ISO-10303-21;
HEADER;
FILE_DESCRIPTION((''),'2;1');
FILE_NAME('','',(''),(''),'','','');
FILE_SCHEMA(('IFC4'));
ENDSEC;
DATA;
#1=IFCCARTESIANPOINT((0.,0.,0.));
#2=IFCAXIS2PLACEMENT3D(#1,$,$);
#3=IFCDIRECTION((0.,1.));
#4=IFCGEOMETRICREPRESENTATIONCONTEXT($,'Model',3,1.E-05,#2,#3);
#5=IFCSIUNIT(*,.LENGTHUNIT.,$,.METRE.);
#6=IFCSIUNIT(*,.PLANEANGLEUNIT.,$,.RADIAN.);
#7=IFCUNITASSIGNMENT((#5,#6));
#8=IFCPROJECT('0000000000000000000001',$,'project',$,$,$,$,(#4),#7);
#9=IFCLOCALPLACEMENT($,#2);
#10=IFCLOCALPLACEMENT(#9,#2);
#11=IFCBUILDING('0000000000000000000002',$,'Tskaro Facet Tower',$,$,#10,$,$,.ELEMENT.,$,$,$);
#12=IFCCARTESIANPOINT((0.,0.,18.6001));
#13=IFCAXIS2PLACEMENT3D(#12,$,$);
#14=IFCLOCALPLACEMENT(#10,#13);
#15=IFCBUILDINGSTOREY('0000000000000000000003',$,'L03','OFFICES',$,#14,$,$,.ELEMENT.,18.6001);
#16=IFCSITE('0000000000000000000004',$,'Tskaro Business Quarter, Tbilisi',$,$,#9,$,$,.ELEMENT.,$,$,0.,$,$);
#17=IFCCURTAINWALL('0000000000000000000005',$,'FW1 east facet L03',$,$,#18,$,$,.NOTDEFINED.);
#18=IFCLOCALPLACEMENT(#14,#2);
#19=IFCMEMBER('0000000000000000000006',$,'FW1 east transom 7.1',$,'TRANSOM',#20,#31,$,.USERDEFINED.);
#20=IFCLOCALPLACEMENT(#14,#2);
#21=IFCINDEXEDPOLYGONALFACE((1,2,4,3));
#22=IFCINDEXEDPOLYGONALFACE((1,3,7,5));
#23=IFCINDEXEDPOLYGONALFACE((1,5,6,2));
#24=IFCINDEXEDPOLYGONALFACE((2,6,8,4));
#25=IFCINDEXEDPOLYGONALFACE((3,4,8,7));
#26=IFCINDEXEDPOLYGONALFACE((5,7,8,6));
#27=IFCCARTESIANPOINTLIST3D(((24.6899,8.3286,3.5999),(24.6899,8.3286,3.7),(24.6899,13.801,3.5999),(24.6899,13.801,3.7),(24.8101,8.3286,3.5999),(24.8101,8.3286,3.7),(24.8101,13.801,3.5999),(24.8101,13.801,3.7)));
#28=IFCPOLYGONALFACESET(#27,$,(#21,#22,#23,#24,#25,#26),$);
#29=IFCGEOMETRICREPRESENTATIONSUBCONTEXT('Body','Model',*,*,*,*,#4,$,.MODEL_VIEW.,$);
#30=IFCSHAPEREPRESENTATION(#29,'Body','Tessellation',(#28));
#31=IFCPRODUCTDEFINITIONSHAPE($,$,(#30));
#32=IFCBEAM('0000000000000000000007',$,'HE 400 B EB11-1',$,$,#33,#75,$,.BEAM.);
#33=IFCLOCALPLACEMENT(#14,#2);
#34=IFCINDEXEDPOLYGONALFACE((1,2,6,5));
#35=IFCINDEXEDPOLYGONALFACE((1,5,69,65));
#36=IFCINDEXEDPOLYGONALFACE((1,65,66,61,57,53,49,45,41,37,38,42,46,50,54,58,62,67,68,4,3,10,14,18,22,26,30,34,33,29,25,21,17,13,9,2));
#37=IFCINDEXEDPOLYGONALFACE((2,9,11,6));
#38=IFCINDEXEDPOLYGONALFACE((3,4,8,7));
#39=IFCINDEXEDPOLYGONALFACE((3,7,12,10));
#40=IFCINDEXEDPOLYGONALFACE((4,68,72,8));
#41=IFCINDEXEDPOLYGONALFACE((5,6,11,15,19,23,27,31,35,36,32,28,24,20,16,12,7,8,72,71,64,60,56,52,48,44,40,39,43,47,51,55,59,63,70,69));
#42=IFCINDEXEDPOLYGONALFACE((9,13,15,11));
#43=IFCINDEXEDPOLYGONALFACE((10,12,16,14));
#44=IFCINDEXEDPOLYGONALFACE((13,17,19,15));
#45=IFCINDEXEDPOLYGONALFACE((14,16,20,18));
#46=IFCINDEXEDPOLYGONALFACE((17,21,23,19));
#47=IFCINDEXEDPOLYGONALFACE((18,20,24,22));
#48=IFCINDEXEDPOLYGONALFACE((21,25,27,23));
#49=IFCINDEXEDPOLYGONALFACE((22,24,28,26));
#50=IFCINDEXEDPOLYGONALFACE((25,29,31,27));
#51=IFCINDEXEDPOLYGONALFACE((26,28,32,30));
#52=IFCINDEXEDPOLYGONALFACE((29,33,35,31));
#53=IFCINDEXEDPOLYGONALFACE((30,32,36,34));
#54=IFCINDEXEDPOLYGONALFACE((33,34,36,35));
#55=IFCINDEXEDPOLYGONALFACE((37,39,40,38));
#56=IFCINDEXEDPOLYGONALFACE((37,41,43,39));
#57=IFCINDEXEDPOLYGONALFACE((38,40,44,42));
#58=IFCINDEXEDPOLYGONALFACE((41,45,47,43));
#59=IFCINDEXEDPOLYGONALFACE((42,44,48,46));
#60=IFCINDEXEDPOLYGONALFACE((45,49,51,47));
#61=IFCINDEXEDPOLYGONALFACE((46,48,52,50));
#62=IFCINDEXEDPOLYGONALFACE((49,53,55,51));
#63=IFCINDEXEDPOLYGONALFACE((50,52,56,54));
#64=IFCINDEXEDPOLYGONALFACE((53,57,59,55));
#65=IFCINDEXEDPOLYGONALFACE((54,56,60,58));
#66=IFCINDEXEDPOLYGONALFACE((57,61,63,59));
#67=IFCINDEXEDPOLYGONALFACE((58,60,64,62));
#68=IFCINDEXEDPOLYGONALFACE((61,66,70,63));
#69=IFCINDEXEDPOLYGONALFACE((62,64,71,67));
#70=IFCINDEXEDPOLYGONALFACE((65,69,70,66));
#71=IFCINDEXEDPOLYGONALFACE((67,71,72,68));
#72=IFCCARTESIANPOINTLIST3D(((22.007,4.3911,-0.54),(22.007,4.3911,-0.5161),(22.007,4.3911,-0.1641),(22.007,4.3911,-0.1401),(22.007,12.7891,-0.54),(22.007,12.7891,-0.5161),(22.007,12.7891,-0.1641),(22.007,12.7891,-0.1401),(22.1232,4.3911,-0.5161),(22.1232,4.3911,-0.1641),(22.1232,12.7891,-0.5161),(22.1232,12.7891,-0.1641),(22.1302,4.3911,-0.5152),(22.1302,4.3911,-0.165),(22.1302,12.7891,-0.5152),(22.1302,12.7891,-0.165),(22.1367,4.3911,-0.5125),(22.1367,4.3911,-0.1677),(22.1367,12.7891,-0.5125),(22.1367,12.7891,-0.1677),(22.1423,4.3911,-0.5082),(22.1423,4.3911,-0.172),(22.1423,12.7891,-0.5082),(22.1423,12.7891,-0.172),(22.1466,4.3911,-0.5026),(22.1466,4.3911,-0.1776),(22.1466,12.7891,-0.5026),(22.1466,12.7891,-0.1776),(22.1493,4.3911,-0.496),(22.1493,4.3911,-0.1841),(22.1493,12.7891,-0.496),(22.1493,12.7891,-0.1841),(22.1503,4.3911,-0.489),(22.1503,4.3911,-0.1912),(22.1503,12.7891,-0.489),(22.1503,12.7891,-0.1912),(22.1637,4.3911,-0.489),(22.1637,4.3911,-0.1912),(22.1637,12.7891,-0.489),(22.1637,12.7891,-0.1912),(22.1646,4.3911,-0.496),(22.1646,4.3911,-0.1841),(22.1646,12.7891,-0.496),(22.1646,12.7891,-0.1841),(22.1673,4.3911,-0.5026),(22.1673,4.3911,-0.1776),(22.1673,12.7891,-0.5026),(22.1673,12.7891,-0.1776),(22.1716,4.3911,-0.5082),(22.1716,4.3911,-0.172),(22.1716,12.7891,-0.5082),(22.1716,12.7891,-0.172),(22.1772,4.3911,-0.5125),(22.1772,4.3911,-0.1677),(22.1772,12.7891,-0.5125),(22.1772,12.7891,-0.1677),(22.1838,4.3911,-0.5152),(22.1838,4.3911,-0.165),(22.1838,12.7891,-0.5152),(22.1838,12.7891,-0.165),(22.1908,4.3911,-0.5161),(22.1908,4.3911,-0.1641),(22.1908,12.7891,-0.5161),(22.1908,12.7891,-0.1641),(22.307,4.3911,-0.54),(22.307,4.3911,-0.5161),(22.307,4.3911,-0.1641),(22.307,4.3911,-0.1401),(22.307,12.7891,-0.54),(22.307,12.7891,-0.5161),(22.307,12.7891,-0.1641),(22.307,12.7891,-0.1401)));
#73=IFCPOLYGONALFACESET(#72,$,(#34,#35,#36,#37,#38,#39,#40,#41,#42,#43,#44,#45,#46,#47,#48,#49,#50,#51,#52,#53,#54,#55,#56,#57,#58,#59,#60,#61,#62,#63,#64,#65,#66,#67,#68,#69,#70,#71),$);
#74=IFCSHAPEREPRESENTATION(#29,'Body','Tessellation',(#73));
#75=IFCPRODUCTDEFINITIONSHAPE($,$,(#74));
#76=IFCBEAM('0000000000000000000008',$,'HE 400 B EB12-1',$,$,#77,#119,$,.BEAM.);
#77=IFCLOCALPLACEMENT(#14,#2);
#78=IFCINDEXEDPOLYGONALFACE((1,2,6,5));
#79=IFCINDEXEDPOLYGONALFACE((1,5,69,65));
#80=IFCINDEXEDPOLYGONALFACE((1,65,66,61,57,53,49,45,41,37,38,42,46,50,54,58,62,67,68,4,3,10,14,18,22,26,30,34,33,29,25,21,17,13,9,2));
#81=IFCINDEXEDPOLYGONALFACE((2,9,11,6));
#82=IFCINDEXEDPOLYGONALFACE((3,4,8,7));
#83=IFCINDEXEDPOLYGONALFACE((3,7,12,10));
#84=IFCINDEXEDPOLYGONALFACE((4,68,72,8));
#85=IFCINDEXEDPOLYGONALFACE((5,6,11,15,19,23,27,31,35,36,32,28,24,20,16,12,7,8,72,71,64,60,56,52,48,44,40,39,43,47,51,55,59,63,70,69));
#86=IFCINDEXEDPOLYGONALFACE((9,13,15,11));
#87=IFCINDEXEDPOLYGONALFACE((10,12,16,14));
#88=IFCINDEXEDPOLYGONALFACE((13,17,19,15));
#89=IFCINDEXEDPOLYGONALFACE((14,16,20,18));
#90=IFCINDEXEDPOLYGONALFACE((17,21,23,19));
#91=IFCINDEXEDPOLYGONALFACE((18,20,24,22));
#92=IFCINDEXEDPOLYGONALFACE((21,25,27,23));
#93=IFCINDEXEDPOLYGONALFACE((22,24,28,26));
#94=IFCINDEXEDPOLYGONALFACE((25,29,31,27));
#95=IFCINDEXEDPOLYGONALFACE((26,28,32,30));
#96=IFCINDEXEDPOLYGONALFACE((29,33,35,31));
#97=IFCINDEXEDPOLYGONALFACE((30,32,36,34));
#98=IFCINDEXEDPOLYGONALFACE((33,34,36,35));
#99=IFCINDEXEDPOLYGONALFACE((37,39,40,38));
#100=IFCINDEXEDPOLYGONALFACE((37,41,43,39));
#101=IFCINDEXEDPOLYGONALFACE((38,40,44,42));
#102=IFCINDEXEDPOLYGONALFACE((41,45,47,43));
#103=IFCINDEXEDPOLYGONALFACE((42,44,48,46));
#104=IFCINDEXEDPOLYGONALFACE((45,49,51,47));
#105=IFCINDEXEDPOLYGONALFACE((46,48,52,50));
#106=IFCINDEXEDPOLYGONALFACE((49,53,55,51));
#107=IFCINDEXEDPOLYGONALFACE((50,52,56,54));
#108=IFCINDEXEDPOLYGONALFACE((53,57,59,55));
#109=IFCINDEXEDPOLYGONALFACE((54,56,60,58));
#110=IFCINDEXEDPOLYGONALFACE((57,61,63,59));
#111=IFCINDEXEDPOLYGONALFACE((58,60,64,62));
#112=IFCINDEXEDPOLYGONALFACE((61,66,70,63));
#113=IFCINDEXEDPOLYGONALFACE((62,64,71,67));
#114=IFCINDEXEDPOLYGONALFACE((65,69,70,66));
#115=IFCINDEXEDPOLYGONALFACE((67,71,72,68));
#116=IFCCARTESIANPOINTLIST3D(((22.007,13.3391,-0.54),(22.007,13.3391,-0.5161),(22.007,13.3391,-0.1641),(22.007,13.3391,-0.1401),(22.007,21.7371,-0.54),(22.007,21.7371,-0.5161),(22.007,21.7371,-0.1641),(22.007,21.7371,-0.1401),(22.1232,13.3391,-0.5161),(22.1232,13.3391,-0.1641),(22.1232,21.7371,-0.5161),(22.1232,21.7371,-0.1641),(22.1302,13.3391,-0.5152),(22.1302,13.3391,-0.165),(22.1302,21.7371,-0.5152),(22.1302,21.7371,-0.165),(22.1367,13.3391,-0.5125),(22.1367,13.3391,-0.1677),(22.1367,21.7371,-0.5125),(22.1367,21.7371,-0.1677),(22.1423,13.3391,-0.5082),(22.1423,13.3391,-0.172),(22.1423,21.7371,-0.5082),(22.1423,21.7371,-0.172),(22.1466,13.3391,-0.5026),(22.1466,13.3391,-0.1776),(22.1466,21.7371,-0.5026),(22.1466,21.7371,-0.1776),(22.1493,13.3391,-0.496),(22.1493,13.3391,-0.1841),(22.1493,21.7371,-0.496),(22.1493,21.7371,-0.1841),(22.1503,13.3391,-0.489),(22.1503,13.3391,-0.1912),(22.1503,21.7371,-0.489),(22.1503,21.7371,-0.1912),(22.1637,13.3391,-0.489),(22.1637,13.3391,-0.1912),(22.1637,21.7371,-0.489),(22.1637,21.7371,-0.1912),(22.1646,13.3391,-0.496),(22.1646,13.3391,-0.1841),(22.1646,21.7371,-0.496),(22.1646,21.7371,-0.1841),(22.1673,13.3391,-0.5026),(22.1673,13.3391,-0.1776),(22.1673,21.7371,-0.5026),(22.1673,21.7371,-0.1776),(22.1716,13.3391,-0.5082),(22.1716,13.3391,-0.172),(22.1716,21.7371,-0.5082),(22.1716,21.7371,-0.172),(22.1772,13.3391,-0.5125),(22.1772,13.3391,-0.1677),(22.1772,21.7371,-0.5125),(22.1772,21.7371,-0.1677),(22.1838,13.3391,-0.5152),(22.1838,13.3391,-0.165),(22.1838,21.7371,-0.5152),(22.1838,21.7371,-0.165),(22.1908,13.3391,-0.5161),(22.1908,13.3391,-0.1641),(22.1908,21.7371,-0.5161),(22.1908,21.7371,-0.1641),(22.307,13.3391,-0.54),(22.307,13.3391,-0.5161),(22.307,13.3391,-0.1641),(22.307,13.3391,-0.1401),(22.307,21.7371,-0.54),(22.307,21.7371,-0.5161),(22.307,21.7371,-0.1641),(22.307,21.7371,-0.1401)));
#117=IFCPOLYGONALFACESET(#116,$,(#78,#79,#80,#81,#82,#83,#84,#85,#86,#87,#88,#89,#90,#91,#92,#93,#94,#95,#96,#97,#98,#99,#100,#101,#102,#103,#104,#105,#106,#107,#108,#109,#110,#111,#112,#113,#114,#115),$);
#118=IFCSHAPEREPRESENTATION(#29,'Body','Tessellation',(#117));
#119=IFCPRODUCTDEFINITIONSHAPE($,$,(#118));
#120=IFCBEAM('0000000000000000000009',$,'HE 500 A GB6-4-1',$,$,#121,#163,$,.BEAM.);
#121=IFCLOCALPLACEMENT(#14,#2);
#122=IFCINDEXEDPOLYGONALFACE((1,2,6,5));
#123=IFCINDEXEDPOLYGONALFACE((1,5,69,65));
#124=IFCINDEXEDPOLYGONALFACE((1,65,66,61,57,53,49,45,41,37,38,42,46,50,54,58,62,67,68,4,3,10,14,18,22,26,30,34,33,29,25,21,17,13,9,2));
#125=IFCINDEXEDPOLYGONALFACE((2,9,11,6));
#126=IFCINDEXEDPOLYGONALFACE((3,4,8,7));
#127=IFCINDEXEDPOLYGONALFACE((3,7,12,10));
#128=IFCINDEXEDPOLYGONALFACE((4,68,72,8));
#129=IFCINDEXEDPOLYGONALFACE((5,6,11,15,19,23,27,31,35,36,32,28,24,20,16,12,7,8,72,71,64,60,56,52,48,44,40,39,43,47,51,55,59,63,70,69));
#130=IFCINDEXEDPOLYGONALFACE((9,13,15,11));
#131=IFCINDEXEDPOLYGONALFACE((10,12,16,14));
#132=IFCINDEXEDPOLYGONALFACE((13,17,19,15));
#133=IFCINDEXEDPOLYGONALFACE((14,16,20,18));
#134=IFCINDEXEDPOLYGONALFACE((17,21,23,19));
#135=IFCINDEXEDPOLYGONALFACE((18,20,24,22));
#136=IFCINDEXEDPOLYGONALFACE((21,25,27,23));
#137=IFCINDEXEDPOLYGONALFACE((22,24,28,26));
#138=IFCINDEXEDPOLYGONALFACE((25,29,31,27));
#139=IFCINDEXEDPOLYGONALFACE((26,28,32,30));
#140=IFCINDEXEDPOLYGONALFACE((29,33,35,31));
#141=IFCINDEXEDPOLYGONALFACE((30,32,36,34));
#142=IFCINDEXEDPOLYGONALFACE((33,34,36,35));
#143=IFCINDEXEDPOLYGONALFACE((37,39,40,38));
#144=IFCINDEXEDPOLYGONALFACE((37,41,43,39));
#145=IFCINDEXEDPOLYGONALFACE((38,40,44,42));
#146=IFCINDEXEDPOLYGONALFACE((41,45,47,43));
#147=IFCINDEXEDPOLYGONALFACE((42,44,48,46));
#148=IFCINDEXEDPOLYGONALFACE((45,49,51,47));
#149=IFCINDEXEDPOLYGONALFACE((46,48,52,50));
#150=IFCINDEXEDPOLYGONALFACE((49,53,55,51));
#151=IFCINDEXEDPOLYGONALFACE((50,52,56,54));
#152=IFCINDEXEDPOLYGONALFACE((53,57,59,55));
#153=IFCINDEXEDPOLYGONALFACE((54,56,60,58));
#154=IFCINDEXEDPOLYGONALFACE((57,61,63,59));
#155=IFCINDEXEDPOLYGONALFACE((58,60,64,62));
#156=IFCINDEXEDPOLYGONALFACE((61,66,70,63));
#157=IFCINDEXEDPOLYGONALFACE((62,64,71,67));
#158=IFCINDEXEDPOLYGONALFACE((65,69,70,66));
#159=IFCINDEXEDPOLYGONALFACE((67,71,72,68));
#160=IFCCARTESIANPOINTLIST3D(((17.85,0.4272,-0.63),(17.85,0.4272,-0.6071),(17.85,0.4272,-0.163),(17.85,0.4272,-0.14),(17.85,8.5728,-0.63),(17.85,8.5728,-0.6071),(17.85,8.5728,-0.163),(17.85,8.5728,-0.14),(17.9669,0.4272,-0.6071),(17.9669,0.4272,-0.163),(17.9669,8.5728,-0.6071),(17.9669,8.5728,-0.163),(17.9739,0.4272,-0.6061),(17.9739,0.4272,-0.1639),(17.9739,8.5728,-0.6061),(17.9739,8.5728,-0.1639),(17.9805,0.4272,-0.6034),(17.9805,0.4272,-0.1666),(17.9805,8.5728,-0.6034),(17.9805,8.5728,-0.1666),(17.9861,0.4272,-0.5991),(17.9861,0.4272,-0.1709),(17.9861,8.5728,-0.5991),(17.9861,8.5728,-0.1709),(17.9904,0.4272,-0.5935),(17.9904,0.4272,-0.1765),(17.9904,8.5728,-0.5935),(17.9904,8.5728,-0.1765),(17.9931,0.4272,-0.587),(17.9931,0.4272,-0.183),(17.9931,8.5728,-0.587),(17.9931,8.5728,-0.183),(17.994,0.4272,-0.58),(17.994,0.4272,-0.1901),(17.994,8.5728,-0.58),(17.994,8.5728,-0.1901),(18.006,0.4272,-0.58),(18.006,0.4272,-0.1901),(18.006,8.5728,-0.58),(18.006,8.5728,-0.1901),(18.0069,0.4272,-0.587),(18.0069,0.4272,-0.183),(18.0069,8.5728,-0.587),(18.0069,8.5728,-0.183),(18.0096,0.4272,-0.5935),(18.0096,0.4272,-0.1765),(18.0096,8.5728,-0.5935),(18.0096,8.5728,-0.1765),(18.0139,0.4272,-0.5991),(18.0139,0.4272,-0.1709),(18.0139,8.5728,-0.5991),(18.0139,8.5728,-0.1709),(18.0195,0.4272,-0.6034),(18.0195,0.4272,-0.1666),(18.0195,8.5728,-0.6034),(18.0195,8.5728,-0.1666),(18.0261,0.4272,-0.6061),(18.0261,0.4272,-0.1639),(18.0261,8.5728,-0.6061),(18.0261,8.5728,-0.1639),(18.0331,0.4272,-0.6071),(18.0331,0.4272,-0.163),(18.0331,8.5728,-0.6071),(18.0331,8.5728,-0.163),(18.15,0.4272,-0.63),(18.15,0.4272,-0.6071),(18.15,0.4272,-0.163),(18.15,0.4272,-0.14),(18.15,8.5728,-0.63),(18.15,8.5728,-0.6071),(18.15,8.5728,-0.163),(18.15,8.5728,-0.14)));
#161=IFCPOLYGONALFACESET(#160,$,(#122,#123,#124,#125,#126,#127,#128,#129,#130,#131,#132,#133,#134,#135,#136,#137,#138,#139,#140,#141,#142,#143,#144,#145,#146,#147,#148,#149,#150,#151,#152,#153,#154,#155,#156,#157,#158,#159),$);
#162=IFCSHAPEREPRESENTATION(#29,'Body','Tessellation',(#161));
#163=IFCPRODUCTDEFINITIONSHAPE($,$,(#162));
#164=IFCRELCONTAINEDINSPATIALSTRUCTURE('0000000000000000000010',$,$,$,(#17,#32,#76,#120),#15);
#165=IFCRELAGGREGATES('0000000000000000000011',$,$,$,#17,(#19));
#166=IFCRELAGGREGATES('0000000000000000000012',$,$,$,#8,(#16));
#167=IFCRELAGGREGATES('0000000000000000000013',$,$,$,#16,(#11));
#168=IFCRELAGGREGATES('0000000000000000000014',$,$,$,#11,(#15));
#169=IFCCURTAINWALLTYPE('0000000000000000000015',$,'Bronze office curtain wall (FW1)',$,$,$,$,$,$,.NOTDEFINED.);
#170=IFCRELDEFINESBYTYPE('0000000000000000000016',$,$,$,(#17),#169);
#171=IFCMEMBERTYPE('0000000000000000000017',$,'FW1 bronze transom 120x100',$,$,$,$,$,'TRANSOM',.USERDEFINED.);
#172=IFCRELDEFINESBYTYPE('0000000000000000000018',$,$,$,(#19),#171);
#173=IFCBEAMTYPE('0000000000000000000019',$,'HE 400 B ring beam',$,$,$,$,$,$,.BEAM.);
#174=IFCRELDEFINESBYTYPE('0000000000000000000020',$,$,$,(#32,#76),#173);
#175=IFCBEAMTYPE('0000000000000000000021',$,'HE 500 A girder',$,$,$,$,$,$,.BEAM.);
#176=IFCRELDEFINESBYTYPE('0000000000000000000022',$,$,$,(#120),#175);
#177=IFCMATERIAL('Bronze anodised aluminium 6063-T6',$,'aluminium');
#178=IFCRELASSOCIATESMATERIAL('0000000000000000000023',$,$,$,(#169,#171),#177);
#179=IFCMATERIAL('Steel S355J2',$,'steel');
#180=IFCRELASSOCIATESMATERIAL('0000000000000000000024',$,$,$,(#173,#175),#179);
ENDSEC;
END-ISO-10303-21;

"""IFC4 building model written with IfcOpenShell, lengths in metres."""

from ifc_helpers import new_model, si_unit, direction, frame, origin, origin_2d, place, context, subcontext, project, spatial, rectangle, i_section, extrude, material, material_profile, profile_set, type_object, element, aggregate, save


model = new_model("IFC4")

# Units and contexts
model_context = context("Model", 3, precision=1e-05, world=origin(), true_north=direction((0.0, 1.0)))
body_context = subcontext(model_context, "Body", "Model", "MODEL_VIEW")
ifc_project = project(units=[si_unit("LENGTHUNIT", "METRE"), si_unit("PLANEANGLEUNIT", "RADIAN")], contexts=[model_context])

# Site, building, storey
site_placement = place(None, origin())
site = spatial("IfcSite", under=ifc_project, at=site_placement, Name="Tskaro Business Quarter, Tbilisi", CompositionType="ELEMENT", RefElevation=0.0)
building_placement = place(site_placement, origin())
building = spatial("IfcBuilding", under=site, at=building_placement, Name="Tskaro Facet Tower", CompositionType="ELEMENT")
storey_placement = place(building_placement, frame((0.0, 0.0, 18.6001)))
storey = spatial("IfcBuildingStorey", under=building, at=storey_placement, Name="L03", Description="OFFICES", CompositionType="ELEMENT", Elevation=18.6001)

# Curtain wall, member
ifc_material_1 = material(Name="Bronze anodised aluminium 6063-T6", Category="aluminium")
curtain_wall_type = type_object("IfcCurtainWallType", Name="Bronze office curtain wall (FW1)", PredefinedType="NOTDEFINED", material=ifc_material_1)
curtain_wall_placement = place(storey_placement, origin())
curtain_wall = element("IfcCurtainWall", 1, at=curtain_wall_placement, inside=storey, type_object=curtain_wall_type, Name="FW1 east facet L03", PredefinedType="NOTDEFINED")
ifc_material_profile_1 = material_profile(ifc_material_1, rectangle(XDim=0.1201, YDim=0.1001, at=origin_2d()), Name="Transom 120x100")
ifc_profile_set_1 = profile_set([ifc_material_profile_1], Name="Bronze anodised aluminium 6063-T6")
member_type_1 = type_object("IfcMemberType", Name="FW1 bronze transom 120x100", ElementType="TRANSOM", PredefinedType="USERDEFINED", material=ifc_profile_set_1)
member_1_placement = place(storey_placement, frame((24.75, 8.3286, 3.6499), z_axis=(0.0, 1.0, 0.0), x_axis=(-1.0, 0.0, 0.0)))
member_1 = element("IfcMember", 2, at=member_1_placement, type_object=member_type_1, Name="FW1 east transom 7.1", ObjectType="TRANSOM", PredefinedType="USERDEFINED", context=body_context, shape_type="SweptSolid", body=[
    extrude(rectangle(XDim=0.1201, YDim=0.1001, at=origin_2d()), origin(), (0.0, 0.0, 1.0), 5.4724),
])

# Beams
ifc_material_2 = material(Name="Steel S355J2", Category="steel")
ifc_material_profile_2 = material_profile(ifc_material_2, i_section(OverallWidth=0.3, OverallDepth=0.3999, WebThickness=0.0134, FlangeThickness=0.0239, FilletRadius=0.0271, at=origin_2d()), Name="HE 400 B")
ifc_profile_set_2 = profile_set([ifc_material_profile_2], Name="Steel S355J2")
beam_type_1 = type_object("IfcBeamType", Name="HE 400 B ring beam", PredefinedType="BEAM", material=ifc_profile_set_2)
for number, where, z_axis, x_axis, name in (
    (3, (22.157, 4.3911, -0.3401), (0.0, 1.0, 0.0), (-1.0, 0.0, 0.0), "HE 400 B EB11-1"),
    (4, (22.157, 13.3391, -0.3401), (0.0, 1.0, 0.0), (-1.0, 0.0, 0.0), "HE 400 B EB12-1"),
):
    element("IfcBeam", number, at=place(storey_placement, frame(where, z_axis=z_axis, x_axis=x_axis)), inside=storey, type_object=beam_type_1, Name=name, PredefinedType="BEAM", context=body_context, shape_type="SweptSolid", body=[
        extrude(i_section(OverallWidth=0.3, OverallDepth=0.3999, WebThickness=0.0134, FlangeThickness=0.0239, FilletRadius=0.0271, at=origin_2d()), origin(), (0.0, 0.0, 1.0), 8.3979),
    ])
ifc_material_profile_3 = material_profile(ifc_material_2, i_section(OverallWidth=0.3, OverallDepth=0.49, WebThickness=0.012, FlangeThickness=0.0229, FilletRadius=0.0271, at=origin_2d()), Name="HE 500 A")
ifc_profile_set_3 = profile_set([ifc_material_profile_3], Name="Steel S355J2")
beam_type_2 = type_object("IfcBeamType", Name="HE 500 A girder", PredefinedType="BEAM", material=ifc_profile_set_3)
for number, where, z_axis, x_axis, name in (
    (5, (18.0, 0.4272, -0.385), (0.0, 1.0, 0.0), (-1.0, 0.0, 0.0), "HE 500 A GB6-4-1"),
):
    element("IfcBeam", number, at=place(storey_placement, frame(where, z_axis=z_axis, x_axis=x_axis)), inside=storey, type_object=beam_type_2, Name=name, PredefinedType="BEAM", context=body_context, shape_type="SweptSolid", body=[
        extrude(i_section(OverallWidth=0.3, OverallDepth=0.49, WebThickness=0.012, FlangeThickness=0.0229, FilletRadius=0.0271, at=origin_2d()), origin(), (0.0, 0.0, 1.0), 8.1455),
    ])

aggregate(curtain_wall, [member_1])

save(model, "model.ifc")
